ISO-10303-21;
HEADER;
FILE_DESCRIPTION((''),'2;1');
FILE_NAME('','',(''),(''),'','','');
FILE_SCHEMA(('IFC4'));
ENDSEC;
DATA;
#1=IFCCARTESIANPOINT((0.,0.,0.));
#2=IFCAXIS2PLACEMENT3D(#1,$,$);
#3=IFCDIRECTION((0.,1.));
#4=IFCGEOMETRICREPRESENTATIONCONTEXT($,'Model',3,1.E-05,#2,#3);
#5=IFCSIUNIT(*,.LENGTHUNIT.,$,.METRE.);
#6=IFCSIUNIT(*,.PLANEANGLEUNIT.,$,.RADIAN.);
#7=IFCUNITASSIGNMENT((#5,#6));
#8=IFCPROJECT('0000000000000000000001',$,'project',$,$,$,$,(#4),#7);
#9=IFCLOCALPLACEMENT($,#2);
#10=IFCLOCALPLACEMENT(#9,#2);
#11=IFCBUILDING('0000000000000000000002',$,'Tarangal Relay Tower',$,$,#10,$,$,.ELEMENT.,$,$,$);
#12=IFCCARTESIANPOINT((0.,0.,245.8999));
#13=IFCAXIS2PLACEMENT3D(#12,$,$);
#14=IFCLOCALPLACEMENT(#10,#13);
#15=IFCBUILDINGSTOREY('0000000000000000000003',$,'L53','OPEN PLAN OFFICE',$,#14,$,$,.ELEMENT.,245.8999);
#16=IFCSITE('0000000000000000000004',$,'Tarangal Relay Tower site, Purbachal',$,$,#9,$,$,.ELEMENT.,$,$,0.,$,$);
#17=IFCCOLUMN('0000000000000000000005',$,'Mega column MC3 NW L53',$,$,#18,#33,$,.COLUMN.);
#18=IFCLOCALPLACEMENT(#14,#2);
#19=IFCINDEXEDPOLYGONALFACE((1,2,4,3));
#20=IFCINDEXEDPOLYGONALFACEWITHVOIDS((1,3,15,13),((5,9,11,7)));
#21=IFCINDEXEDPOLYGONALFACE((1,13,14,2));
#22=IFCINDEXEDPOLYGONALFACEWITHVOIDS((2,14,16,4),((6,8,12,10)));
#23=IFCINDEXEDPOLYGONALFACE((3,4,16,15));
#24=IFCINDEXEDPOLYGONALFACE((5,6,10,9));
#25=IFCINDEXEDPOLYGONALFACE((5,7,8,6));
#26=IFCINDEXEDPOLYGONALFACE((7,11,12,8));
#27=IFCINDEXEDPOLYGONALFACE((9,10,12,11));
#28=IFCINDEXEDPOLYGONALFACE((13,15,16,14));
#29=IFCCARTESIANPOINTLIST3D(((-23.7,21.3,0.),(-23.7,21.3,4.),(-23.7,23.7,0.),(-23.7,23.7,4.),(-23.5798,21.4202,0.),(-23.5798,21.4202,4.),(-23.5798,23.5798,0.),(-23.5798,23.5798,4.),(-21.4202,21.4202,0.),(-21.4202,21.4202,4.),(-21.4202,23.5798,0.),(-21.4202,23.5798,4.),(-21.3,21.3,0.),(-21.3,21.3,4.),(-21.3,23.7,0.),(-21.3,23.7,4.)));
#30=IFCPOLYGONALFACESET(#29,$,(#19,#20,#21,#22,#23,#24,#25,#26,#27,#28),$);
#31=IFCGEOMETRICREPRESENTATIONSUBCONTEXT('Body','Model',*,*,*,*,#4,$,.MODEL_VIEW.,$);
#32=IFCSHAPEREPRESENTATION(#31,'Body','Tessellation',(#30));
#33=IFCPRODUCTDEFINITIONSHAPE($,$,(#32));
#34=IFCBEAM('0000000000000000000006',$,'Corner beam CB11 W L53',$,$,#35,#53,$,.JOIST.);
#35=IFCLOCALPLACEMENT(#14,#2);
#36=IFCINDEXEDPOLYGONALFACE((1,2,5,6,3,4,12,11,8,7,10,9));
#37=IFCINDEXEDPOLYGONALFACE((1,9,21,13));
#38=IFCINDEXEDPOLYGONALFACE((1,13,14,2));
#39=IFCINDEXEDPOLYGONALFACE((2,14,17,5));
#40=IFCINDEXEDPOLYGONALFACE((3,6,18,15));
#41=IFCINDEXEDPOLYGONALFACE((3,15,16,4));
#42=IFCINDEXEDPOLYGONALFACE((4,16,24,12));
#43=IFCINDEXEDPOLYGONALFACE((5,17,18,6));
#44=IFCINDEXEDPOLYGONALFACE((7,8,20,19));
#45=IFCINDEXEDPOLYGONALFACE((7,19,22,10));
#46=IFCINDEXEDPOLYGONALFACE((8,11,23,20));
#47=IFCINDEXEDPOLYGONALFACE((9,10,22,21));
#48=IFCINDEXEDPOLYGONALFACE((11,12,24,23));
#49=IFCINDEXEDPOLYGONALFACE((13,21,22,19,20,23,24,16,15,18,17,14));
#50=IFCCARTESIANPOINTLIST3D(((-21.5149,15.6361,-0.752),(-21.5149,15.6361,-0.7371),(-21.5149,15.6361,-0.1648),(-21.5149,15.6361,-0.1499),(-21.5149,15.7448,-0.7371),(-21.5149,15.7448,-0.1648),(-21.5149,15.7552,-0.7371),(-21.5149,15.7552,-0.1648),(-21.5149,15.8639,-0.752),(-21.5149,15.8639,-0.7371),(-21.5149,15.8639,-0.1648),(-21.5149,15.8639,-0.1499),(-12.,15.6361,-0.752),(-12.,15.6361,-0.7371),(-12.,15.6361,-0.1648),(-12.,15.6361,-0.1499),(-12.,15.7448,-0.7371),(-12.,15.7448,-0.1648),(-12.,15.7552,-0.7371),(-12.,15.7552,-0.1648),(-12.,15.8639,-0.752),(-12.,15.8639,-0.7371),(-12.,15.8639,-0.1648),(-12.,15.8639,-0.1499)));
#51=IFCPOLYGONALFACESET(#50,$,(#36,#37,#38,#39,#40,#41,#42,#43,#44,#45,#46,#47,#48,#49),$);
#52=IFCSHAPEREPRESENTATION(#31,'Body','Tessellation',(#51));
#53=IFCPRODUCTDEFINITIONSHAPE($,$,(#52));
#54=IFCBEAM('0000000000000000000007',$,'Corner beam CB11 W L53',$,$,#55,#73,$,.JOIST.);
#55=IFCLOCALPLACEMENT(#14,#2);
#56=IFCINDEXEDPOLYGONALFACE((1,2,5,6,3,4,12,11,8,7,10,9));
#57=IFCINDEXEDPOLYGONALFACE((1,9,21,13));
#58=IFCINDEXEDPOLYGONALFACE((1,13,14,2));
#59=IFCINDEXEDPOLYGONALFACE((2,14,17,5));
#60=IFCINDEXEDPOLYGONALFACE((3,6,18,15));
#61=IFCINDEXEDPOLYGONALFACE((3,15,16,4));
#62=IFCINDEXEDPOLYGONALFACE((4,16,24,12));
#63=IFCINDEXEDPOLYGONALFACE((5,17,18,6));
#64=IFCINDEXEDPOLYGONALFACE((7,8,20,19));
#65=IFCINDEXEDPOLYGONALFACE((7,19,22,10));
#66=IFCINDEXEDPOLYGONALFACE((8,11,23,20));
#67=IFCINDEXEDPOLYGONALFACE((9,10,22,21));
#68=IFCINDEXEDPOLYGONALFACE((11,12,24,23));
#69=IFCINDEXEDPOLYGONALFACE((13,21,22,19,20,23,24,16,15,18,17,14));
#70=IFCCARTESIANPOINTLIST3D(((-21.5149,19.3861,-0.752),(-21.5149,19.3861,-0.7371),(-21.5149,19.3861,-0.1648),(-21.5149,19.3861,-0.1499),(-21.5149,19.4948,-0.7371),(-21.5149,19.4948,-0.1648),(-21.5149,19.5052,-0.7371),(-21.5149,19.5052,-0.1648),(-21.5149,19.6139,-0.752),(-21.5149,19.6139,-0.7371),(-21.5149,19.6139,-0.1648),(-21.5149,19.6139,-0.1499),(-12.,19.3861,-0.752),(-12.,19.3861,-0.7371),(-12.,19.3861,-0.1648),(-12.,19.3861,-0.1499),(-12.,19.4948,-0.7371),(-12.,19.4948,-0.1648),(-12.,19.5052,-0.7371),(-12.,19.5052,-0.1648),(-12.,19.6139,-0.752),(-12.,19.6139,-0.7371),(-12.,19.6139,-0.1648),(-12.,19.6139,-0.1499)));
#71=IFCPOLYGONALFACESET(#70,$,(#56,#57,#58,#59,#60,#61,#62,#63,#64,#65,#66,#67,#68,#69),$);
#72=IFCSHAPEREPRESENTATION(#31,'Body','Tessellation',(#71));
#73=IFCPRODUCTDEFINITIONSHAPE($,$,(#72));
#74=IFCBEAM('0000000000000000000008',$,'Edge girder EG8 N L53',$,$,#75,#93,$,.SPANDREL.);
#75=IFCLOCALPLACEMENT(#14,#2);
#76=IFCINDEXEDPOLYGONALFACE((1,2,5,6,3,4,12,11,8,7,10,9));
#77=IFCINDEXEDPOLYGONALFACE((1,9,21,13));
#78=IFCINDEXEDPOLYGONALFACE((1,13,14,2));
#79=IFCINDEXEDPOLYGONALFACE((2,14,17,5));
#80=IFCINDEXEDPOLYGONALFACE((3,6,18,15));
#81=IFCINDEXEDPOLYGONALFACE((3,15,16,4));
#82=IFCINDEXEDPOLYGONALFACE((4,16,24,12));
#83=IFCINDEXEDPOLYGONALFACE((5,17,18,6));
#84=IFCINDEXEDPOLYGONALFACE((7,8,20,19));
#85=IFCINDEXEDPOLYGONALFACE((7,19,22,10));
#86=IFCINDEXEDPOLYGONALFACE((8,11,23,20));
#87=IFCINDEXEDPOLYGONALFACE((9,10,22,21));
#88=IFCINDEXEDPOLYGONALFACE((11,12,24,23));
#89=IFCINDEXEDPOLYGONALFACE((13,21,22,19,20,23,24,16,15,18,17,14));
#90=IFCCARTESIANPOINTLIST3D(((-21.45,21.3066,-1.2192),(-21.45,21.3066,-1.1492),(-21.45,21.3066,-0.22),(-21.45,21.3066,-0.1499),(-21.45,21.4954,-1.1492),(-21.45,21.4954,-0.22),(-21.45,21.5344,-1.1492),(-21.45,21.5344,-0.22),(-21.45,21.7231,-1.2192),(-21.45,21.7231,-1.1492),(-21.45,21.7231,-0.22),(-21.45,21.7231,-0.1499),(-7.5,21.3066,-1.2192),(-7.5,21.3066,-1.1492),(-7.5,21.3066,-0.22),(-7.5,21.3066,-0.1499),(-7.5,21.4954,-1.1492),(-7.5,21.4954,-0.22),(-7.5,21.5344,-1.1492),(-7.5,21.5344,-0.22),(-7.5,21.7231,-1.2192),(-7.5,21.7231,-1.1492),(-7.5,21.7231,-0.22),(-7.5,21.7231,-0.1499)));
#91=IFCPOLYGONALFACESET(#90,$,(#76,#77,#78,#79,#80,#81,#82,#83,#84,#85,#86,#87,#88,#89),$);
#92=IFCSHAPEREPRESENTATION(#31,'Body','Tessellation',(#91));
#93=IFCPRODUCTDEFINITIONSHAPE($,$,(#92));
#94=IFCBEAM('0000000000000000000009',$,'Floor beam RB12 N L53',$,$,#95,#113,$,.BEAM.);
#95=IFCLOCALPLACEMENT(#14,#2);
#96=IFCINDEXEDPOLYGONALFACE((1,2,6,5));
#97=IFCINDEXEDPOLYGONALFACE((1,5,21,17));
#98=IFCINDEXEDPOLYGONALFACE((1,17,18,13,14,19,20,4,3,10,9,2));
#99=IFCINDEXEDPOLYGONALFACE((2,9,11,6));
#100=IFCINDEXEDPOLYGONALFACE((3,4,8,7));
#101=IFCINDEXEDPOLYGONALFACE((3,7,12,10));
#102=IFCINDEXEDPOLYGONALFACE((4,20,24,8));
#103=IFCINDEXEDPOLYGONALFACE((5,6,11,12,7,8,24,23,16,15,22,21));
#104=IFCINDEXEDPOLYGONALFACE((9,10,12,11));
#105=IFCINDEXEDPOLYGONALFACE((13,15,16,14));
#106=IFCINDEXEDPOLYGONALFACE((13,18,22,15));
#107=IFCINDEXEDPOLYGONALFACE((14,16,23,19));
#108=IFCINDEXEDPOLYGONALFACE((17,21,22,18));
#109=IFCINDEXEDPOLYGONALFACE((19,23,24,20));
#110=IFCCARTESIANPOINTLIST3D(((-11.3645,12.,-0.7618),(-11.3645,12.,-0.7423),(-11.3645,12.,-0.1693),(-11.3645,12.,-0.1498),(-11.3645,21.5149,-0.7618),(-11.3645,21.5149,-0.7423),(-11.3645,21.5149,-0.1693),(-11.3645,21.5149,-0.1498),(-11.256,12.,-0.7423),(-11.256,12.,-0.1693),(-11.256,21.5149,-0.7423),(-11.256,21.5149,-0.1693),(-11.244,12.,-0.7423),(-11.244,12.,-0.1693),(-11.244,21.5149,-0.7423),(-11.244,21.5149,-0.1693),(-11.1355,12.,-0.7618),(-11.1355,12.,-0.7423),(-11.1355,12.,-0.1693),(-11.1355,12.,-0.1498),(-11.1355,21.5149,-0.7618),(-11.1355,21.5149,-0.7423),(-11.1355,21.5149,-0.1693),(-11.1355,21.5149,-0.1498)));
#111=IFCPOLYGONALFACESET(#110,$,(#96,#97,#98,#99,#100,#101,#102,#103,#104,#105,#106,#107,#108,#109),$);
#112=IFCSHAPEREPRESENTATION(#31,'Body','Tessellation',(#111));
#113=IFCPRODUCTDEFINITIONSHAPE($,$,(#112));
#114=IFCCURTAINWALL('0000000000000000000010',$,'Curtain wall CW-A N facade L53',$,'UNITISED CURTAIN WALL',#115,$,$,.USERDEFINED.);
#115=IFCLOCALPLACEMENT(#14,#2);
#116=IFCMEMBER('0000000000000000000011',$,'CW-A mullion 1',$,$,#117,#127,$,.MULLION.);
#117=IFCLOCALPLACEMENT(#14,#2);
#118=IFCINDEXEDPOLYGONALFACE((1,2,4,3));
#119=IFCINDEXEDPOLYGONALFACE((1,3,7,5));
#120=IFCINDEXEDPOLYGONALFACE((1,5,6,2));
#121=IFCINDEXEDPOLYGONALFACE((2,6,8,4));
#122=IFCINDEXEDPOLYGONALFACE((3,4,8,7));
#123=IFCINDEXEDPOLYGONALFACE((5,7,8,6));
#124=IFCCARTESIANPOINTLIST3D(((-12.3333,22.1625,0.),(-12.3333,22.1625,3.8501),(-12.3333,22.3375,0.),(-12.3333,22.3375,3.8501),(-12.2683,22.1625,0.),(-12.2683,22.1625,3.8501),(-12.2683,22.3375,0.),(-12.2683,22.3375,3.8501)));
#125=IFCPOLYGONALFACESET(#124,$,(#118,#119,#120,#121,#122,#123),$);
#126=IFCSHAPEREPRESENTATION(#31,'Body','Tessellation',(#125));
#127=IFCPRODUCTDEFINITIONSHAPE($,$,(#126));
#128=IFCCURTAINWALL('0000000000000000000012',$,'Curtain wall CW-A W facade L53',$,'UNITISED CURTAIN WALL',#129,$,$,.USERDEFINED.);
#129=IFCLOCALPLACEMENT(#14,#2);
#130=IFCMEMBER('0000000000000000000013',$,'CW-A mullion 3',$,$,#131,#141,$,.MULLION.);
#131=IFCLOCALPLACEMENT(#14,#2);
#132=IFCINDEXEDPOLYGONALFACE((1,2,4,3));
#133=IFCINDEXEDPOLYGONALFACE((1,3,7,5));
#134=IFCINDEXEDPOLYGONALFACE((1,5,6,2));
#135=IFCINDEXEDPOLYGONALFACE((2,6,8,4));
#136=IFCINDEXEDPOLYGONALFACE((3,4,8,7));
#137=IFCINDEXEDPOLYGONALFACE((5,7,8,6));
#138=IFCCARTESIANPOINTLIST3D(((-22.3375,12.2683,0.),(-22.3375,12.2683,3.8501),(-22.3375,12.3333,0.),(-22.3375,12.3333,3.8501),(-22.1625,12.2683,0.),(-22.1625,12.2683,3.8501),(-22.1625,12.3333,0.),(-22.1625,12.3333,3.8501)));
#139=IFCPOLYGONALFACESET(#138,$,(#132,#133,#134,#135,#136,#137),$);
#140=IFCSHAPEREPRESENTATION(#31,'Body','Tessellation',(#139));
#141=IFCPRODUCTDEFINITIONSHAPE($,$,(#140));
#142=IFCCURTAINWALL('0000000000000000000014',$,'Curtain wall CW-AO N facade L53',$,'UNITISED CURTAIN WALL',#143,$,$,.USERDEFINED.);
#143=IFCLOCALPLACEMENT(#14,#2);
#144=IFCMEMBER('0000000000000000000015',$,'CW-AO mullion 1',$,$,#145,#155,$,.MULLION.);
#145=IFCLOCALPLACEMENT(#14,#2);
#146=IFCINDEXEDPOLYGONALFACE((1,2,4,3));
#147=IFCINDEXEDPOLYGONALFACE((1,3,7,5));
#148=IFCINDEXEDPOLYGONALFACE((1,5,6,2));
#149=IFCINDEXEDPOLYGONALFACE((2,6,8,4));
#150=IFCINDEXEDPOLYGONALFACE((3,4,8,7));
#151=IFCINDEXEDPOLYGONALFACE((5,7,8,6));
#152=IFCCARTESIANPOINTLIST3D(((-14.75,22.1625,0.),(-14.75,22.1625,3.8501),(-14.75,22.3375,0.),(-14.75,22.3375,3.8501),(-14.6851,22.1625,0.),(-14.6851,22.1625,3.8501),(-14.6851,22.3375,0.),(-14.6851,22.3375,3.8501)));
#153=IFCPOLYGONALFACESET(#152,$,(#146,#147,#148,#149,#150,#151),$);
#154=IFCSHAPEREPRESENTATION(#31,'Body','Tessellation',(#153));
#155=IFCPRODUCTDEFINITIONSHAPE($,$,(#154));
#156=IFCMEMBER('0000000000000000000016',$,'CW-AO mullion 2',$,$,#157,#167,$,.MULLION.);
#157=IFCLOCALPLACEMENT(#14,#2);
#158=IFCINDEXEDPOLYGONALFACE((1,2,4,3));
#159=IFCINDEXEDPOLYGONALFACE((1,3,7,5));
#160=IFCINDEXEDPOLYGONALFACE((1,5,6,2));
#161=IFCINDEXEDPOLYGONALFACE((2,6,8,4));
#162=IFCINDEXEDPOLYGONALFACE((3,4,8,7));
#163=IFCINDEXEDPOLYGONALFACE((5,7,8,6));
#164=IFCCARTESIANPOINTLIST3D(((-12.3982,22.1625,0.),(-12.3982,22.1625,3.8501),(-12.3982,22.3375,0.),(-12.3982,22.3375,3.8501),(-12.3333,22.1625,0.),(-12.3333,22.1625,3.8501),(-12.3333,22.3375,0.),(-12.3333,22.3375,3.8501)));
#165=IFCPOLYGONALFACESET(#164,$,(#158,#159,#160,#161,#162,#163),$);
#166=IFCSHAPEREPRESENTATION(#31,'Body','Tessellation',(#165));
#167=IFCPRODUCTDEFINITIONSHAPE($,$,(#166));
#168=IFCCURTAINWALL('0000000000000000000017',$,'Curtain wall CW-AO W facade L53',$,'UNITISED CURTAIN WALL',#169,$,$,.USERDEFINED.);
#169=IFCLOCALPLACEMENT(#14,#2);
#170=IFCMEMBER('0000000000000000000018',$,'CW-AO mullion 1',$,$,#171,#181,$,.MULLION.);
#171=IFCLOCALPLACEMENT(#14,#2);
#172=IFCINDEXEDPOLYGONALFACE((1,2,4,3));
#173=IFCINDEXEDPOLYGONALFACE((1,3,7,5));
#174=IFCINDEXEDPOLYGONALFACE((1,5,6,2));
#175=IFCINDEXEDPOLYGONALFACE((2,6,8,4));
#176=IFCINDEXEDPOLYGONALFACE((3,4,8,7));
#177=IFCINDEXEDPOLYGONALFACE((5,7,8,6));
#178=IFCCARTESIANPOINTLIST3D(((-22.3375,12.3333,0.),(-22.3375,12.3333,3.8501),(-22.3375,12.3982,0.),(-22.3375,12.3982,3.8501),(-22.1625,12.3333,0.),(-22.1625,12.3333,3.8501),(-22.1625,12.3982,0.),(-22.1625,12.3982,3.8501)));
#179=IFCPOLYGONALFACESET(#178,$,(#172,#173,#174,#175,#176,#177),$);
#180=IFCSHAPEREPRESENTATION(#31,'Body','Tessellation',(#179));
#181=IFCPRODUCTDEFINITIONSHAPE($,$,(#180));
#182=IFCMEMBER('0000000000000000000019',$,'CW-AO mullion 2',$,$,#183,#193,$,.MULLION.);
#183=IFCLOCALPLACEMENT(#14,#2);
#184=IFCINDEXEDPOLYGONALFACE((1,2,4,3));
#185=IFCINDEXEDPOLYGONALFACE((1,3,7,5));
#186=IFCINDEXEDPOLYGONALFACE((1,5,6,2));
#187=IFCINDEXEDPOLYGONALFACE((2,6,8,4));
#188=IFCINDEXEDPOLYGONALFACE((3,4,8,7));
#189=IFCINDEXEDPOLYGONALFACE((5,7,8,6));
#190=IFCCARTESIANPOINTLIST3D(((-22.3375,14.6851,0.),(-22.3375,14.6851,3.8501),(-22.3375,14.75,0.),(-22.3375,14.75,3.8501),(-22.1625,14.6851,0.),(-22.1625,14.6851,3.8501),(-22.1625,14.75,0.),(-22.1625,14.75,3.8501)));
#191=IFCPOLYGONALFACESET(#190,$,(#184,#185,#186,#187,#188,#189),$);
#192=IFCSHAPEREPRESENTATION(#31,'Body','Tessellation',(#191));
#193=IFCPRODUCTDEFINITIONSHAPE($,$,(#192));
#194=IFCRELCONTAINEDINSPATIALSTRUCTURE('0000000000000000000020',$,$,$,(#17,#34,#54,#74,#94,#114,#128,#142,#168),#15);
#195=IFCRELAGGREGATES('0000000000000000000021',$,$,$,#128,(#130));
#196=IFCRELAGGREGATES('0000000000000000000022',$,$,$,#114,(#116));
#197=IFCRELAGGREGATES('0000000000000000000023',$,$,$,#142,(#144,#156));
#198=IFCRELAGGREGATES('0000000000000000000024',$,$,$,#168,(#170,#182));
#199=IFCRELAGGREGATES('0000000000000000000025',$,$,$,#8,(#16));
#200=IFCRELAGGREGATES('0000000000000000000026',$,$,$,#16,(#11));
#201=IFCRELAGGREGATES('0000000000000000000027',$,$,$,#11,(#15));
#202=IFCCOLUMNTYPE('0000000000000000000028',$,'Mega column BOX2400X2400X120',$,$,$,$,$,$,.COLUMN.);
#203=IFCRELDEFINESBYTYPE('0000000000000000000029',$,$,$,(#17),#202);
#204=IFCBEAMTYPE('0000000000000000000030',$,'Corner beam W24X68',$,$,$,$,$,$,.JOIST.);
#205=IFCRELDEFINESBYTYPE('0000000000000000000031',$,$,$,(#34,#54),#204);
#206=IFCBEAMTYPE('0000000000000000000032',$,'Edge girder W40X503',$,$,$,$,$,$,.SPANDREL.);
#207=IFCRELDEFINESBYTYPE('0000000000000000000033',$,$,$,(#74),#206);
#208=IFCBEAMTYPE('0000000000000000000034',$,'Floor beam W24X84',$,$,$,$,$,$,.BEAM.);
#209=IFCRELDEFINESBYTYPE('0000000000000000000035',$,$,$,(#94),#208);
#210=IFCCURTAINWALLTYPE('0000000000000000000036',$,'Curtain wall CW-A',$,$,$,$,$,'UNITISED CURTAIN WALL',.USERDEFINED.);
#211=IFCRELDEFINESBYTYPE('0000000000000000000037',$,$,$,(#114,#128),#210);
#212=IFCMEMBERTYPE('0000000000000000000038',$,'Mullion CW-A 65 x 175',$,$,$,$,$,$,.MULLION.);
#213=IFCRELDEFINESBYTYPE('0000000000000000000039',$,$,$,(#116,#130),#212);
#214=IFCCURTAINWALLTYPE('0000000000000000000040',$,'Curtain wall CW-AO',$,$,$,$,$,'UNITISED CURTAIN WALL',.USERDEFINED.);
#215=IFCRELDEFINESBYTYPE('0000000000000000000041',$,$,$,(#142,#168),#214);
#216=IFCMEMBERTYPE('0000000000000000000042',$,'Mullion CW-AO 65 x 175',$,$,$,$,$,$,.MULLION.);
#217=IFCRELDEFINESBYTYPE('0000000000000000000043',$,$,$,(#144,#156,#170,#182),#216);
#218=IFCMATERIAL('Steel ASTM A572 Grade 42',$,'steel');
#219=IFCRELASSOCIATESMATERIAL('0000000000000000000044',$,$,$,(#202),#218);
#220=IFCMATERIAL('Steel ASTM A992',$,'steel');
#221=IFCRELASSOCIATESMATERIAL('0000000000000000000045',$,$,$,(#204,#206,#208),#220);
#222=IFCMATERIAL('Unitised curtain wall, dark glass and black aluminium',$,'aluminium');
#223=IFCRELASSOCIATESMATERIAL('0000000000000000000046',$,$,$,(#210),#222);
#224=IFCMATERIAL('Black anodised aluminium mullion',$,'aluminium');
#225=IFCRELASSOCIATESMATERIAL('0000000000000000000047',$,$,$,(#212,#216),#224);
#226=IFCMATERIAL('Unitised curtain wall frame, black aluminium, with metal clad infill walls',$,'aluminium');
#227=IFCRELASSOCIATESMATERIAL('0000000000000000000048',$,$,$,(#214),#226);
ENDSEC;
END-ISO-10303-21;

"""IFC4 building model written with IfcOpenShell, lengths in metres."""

from ifc_helpers import new_model, si_unit, direction, frame, origin, origin_2d, place, context, subcontext, project, spatial, rectangle, hollow_rectangle, i_section, extrude, material, material_profile, profile_set, type_object, element, aggregate, save


model = new_model("IFC4")

# Units and contexts
model_context = context("Model", 3, precision=1e-05, world=origin(), true_north=direction((0.0, 1.0)))
body_context = subcontext(model_context, "Body", "Model", "MODEL_VIEW")
ifc_project = project(units=[si_unit("LENGTHUNIT", "METRE"), si_unit("PLANEANGLEUNIT", "RADIAN")], contexts=[model_context])

# Site, building, storey
site_placement = place(None, origin())
site = spatial("IfcSite", under=ifc_project, at=site_placement, Name="Tarangal Relay Tower site, Purbachal", CompositionType="ELEMENT", RefElevation=0.0)
building_placement = place(site_placement, origin())
building = spatial("IfcBuilding", under=site, at=building_placement, Name="Tarangal Relay Tower", CompositionType="ELEMENT")
storey_placement = place(building_placement, frame((0.0, 0.0, 245.8999)))
storey = spatial("IfcBuildingStorey", under=building, at=storey_placement, Name="L53", Description="OPEN PLAN OFFICE", CompositionType="ELEMENT", Elevation=245.8999)

# Column
ifc_material_1 = material(Name="Steel ASTM A572 Grade 42", Category="steel")
ifc_material_profile_1 = material_profile(ifc_material_1, hollow_rectangle(XDim=2.3999, YDim=2.3999, WallThickness=0.1201, at=origin_2d()), Name="BOX2400X2400X120")
ifc_profile_set_1 = profile_set([ifc_material_profile_1], Name="Steel ASTM A572 Grade 42")
column_type = type_object("IfcColumnType", Name="Mega column BOX2400X2400X120", PredefinedType="COLUMN", material=ifc_profile_set_1)
column_placement = place(storey_placement, frame((-22.5, 22.5, 0.0), z_axis=(0.0, 0.0, 1.0), x_axis=(1.0, 0.0, 0.0)))
element("IfcColumn", 1, at=column_placement, inside=storey, type_object=column_type, Name="Mega column MC3 NW L53", PredefinedType="COLUMN", context=body_context, shape_type="SweptSolid", body=[
    extrude(hollow_rectangle(XDim=2.3999, YDim=2.3999, WallThickness=0.1201, at=origin_2d()), origin(), (0.0, 0.0, 1.0), 4.0),
])

# Beams
ifc_material_2 = material(Name="Steel ASTM A992", Category="steel")
ifc_material_profile_2 = material_profile(ifc_material_2, i_section(OverallWidth=0.2278, OverallDepth=0.6021, WebThickness=0.0105, FlangeThickness=0.0149, at=origin_2d()), Name="W24X68")
ifc_profile_set_2 = profile_set([ifc_material_profile_2], Name="Steel ASTM A992")
beam_type_1 = type_object("IfcBeamType", Name="Corner beam W24X68", PredefinedType="JOIST", material=ifc_profile_set_2)
for number, where, z_axis, x_axis, name in (
    (2, (-12.0, 15.75, -0.4509), (-1.0, 0.0, 0.0), (0.0, -1.0, 0.0), "Corner beam CB11 W L53"),
    (3, (-12.0, 19.5, -0.4509), (-1.0, 0.0, 0.0), (0.0, -1.0, 0.0), "Corner beam CB11 W L53"),
):
    element("IfcBeam", number, at=place(storey_placement, frame(where, z_axis=z_axis, x_axis=x_axis)), inside=storey, type_object=beam_type_1, Name=name, PredefinedType="JOIST", context=body_context, shape_type="SweptSolid", body=[
        extrude(i_section(OverallWidth=0.2278, OverallDepth=0.6021, WebThickness=0.0105, FlangeThickness=0.0149, at=origin_2d()), origin(), (0.0, 0.0, 1.0), 9.5149),
    ])
ifc_material_profile_3 = material_profile(ifc_material_2, i_section(OverallWidth=0.4165, OverallDepth=1.0693, WebThickness=0.0391, FlangeThickness=0.0701, at=origin_2d()), Name="W40X503")
ifc_profile_set_3 = profile_set([ifc_material_profile_3], Name="Steel ASTM A992")
beam_type_2 = type_object("IfcBeamType", Name="Edge girder W40X503", PredefinedType="SPANDREL", material=ifc_profile_set_3)
beam_1_placement = place(storey_placement, frame((-21.45, 21.5149, -0.6846), z_axis=(1.0, 0.0, 0.0), x_axis=(0.0, 1.0, 0.0)))
element("IfcBeam", 4, at=beam_1_placement, inside=storey, type_object=beam_type_2, Name="Edge girder EG8 N L53", PredefinedType="SPANDREL", context=body_context, shape_type="SweptSolid", body=[
    extrude(i_section(OverallWidth=0.4165, OverallDepth=1.0693, WebThickness=0.0391, FlangeThickness=0.0701, at=origin_2d()), origin(), (0.0, 0.0, 1.0), 13.95),
])
ifc_material_profile_4 = material_profile(ifc_material_2, i_section(OverallWidth=0.229, OverallDepth=0.6121, WebThickness=0.012, FlangeThickness=0.0195, at=origin_2d()), Name="W24X84")
ifc_profile_set_4 = profile_set([ifc_material_profile_4], Name="Steel ASTM A992")
beam_type_3 = type_object("IfcBeamType", Name="Floor beam W24X84", PredefinedType="BEAM", material=ifc_profile_set_4)
beam_2_placement = place(storey_placement, frame((-11.25, 12.0, -0.4558), z_axis=(0.0, 1.0, 0.0), x_axis=(-1.0, 0.0, 0.0)))
element("IfcBeam", 5, at=beam_2_placement, inside=storey, type_object=beam_type_3, Name="Floor beam RB12 N L53", PredefinedType="BEAM", context=body_context, shape_type="SweptSolid", body=[
    extrude(i_section(OverallWidth=0.229, OverallDepth=0.6121, WebThickness=0.012, FlangeThickness=0.0195, at=origin_2d()), origin(), (0.0, 0.0, 1.0), 9.5149),
])

# Curtain walls, members
ifc_material_3 = material(Name="Unitised curtain wall, dark glass and black aluminium", Category="aluminium")
curtain_wall_type_1 = type_object("IfcCurtainWallType", Name="Curtain wall CW-A", ElementType="UNITISED CURTAIN WALL", PredefinedType="USERDEFINED", material=ifc_material_3)
curtain_wall_1_placement = place(storey_placement, origin())
curtain_wall_1 = element("IfcCurtainWall", 6, at=curtain_wall_1_placement, inside=storey, type_object=curtain_wall_type_1, Name="Curtain wall CW-A N facade L53", ObjectType="UNITISED CURTAIN WALL", PredefinedType="USERDEFINED")
ifc_material_4 = material(Name="Black anodised aluminium mullion", Category="aluminium")
ifc_material_profile_5 = material_profile(ifc_material_4, rectangle(XDim=0.175, YDim=0.0649, at=origin_2d()), Name="CW-AM 65X175")
ifc_profile_set_5 = profile_set([ifc_material_profile_5], Name="Black anodised aluminium mullion")
member_type_1 = type_object("IfcMemberType", Name="Mullion CW-A 65 x 175", PredefinedType="MULLION", material=ifc_profile_set_5)
member_1_placement = place(storey_placement, frame((-12.3008, 22.25, 0.0), z_axis=(0.0, 0.0, 1.0), x_axis=(0.0, 1.0, 0.0)))
member_1 = element("IfcMember", 7, at=member_1_placement, type_object=member_type_1, Name="CW-A mullion 1", PredefinedType="MULLION", context=body_context, shape_type="SweptSolid", body=[
    extrude(rectangle(XDim=0.175, YDim=0.0649, at=origin_2d()), origin(), (0.0, 0.0, 1.0), 3.8501),
])
curtain_wall_2_placement = place(storey_placement, origin())
curtain_wall_2 = element("IfcCurtainWall", 8, at=curtain_wall_2_placement, inside=storey, type_object=curtain_wall_type_1, Name="Curtain wall CW-A W facade L53", ObjectType="UNITISED CURTAIN WALL", PredefinedType="USERDEFINED")
member_2_placement = place(storey_placement, frame((-22.25, 12.3008, 0.0), z_axis=(0.0, 0.0, 1.0), x_axis=(-1.0, 0.0, 0.0)))
member_2 = element("IfcMember", 9, at=member_2_placement, type_object=member_type_1, Name="CW-A mullion 3", PredefinedType="MULLION", context=body_context, shape_type="SweptSolid", body=[
    extrude(rectangle(XDim=0.175, YDim=0.0649, at=origin_2d()), origin(), (0.0, 0.0, 1.0), 3.8501),
])
aggregate(curtain_wall_2, [member_2])

# Curtain walls, members
ifc_material_5 = material(Name="Unitised curtain wall frame, black aluminium, with metal clad infill walls", Category="aluminium")
curtain_wall_type_2 = type_object("IfcCurtainWallType", Name="Curtain wall CW-AO", ElementType="UNITISED CURTAIN WALL", PredefinedType="USERDEFINED", material=ifc_material_5)
curtain_wall_3_placement = place(storey_placement, origin())
curtain_wall_3 = element("IfcCurtainWall", 10, at=curtain_wall_3_placement, inside=storey, type_object=curtain_wall_type_2, Name="Curtain wall CW-AO N facade L53", ObjectType="UNITISED CURTAIN WALL", PredefinedType="USERDEFINED")
ifc_material_profile_6 = material_profile(ifc_material_4, rectangle(XDim=0.175, YDim=0.0649, at=origin_2d()), Name="CW-AOM 65X175")
ifc_profile_set_6 = profile_set([ifc_material_profile_6], Name="Black anodised aluminium mullion")
member_type_2 = type_object("IfcMemberType", Name="Mullion CW-AO 65 x 175", PredefinedType="MULLION", material=ifc_profile_set_6)
member_3_placement = place(storey_placement, frame((-14.7175, 22.25, 0.0), z_axis=(0.0, 0.0, 1.0), x_axis=(0.0, 1.0, 0.0)))
member_3 = element("IfcMember", 11, at=member_3_placement, type_object=member_type_2, Name="CW-AO mullion 1", PredefinedType="MULLION", context=body_context, shape_type="SweptSolid", body=[
    extrude(rectangle(XDim=0.175, YDim=0.0649, at=origin_2d()), origin(), (0.0, 0.0, 1.0), 3.8501),
])
member_4_placement = place(storey_placement, frame((-12.3657, 22.25, 0.0), z_axis=(0.0, 0.0, 1.0), x_axis=(0.0, 1.0, 0.0)))
member_4 = element("IfcMember", 12, at=member_4_placement, type_object=member_type_2, Name="CW-AO mullion 2", PredefinedType="MULLION", context=body_context, shape_type="SweptSolid", body=[
    extrude(rectangle(XDim=0.175, YDim=0.0649, at=origin_2d()), origin(), (0.0, 0.0, 1.0), 3.8501),
])
curtain_wall_4_placement = place(storey_placement, origin())
curtain_wall_4 = element("IfcCurtainWall", 13, at=curtain_wall_4_placement, inside=storey, type_object=curtain_wall_type_2, Name="Curtain wall CW-AO W facade L53", ObjectType="UNITISED CURTAIN WALL", PredefinedType="USERDEFINED")
member_5_placement = place(storey_placement, frame((-22.25, 12.3657, 0.0), z_axis=(0.0, 0.0, 1.0), x_axis=(-1.0, 0.0, 0.0)))
member_5 = element("IfcMember", 14, at=member_5_placement, type_object=member_type_2, Name="CW-AO mullion 1", PredefinedType="MULLION", context=body_context, shape_type="SweptSolid", body=[
    extrude(rectangle(XDim=0.175, YDim=0.0649, at=origin_2d()), origin(), (0.0, 0.0, 1.0), 3.8501),
])
member_6_placement = place(storey_placement, frame((-22.25, 14.7175, 0.0), z_axis=(0.0, 0.0, 1.0), x_axis=(-1.0, 0.0, 0.0)))
member_6 = element("IfcMember", 15, at=member_6_placement, type_object=member_type_2, Name="CW-AO mullion 2", PredefinedType="MULLION", context=body_context, shape_type="SweptSolid", body=[
    extrude(rectangle(XDim=0.175, YDim=0.0649, at=origin_2d()), origin(), (0.0, 0.0, 1.0), 3.8501),
])

aggregate(curtain_wall_1, [member_1])
aggregate(curtain_wall_3, [member_3, member_4])
aggregate(curtain_wall_4, [member_5, member_6])

save(model, "model.ifc")
